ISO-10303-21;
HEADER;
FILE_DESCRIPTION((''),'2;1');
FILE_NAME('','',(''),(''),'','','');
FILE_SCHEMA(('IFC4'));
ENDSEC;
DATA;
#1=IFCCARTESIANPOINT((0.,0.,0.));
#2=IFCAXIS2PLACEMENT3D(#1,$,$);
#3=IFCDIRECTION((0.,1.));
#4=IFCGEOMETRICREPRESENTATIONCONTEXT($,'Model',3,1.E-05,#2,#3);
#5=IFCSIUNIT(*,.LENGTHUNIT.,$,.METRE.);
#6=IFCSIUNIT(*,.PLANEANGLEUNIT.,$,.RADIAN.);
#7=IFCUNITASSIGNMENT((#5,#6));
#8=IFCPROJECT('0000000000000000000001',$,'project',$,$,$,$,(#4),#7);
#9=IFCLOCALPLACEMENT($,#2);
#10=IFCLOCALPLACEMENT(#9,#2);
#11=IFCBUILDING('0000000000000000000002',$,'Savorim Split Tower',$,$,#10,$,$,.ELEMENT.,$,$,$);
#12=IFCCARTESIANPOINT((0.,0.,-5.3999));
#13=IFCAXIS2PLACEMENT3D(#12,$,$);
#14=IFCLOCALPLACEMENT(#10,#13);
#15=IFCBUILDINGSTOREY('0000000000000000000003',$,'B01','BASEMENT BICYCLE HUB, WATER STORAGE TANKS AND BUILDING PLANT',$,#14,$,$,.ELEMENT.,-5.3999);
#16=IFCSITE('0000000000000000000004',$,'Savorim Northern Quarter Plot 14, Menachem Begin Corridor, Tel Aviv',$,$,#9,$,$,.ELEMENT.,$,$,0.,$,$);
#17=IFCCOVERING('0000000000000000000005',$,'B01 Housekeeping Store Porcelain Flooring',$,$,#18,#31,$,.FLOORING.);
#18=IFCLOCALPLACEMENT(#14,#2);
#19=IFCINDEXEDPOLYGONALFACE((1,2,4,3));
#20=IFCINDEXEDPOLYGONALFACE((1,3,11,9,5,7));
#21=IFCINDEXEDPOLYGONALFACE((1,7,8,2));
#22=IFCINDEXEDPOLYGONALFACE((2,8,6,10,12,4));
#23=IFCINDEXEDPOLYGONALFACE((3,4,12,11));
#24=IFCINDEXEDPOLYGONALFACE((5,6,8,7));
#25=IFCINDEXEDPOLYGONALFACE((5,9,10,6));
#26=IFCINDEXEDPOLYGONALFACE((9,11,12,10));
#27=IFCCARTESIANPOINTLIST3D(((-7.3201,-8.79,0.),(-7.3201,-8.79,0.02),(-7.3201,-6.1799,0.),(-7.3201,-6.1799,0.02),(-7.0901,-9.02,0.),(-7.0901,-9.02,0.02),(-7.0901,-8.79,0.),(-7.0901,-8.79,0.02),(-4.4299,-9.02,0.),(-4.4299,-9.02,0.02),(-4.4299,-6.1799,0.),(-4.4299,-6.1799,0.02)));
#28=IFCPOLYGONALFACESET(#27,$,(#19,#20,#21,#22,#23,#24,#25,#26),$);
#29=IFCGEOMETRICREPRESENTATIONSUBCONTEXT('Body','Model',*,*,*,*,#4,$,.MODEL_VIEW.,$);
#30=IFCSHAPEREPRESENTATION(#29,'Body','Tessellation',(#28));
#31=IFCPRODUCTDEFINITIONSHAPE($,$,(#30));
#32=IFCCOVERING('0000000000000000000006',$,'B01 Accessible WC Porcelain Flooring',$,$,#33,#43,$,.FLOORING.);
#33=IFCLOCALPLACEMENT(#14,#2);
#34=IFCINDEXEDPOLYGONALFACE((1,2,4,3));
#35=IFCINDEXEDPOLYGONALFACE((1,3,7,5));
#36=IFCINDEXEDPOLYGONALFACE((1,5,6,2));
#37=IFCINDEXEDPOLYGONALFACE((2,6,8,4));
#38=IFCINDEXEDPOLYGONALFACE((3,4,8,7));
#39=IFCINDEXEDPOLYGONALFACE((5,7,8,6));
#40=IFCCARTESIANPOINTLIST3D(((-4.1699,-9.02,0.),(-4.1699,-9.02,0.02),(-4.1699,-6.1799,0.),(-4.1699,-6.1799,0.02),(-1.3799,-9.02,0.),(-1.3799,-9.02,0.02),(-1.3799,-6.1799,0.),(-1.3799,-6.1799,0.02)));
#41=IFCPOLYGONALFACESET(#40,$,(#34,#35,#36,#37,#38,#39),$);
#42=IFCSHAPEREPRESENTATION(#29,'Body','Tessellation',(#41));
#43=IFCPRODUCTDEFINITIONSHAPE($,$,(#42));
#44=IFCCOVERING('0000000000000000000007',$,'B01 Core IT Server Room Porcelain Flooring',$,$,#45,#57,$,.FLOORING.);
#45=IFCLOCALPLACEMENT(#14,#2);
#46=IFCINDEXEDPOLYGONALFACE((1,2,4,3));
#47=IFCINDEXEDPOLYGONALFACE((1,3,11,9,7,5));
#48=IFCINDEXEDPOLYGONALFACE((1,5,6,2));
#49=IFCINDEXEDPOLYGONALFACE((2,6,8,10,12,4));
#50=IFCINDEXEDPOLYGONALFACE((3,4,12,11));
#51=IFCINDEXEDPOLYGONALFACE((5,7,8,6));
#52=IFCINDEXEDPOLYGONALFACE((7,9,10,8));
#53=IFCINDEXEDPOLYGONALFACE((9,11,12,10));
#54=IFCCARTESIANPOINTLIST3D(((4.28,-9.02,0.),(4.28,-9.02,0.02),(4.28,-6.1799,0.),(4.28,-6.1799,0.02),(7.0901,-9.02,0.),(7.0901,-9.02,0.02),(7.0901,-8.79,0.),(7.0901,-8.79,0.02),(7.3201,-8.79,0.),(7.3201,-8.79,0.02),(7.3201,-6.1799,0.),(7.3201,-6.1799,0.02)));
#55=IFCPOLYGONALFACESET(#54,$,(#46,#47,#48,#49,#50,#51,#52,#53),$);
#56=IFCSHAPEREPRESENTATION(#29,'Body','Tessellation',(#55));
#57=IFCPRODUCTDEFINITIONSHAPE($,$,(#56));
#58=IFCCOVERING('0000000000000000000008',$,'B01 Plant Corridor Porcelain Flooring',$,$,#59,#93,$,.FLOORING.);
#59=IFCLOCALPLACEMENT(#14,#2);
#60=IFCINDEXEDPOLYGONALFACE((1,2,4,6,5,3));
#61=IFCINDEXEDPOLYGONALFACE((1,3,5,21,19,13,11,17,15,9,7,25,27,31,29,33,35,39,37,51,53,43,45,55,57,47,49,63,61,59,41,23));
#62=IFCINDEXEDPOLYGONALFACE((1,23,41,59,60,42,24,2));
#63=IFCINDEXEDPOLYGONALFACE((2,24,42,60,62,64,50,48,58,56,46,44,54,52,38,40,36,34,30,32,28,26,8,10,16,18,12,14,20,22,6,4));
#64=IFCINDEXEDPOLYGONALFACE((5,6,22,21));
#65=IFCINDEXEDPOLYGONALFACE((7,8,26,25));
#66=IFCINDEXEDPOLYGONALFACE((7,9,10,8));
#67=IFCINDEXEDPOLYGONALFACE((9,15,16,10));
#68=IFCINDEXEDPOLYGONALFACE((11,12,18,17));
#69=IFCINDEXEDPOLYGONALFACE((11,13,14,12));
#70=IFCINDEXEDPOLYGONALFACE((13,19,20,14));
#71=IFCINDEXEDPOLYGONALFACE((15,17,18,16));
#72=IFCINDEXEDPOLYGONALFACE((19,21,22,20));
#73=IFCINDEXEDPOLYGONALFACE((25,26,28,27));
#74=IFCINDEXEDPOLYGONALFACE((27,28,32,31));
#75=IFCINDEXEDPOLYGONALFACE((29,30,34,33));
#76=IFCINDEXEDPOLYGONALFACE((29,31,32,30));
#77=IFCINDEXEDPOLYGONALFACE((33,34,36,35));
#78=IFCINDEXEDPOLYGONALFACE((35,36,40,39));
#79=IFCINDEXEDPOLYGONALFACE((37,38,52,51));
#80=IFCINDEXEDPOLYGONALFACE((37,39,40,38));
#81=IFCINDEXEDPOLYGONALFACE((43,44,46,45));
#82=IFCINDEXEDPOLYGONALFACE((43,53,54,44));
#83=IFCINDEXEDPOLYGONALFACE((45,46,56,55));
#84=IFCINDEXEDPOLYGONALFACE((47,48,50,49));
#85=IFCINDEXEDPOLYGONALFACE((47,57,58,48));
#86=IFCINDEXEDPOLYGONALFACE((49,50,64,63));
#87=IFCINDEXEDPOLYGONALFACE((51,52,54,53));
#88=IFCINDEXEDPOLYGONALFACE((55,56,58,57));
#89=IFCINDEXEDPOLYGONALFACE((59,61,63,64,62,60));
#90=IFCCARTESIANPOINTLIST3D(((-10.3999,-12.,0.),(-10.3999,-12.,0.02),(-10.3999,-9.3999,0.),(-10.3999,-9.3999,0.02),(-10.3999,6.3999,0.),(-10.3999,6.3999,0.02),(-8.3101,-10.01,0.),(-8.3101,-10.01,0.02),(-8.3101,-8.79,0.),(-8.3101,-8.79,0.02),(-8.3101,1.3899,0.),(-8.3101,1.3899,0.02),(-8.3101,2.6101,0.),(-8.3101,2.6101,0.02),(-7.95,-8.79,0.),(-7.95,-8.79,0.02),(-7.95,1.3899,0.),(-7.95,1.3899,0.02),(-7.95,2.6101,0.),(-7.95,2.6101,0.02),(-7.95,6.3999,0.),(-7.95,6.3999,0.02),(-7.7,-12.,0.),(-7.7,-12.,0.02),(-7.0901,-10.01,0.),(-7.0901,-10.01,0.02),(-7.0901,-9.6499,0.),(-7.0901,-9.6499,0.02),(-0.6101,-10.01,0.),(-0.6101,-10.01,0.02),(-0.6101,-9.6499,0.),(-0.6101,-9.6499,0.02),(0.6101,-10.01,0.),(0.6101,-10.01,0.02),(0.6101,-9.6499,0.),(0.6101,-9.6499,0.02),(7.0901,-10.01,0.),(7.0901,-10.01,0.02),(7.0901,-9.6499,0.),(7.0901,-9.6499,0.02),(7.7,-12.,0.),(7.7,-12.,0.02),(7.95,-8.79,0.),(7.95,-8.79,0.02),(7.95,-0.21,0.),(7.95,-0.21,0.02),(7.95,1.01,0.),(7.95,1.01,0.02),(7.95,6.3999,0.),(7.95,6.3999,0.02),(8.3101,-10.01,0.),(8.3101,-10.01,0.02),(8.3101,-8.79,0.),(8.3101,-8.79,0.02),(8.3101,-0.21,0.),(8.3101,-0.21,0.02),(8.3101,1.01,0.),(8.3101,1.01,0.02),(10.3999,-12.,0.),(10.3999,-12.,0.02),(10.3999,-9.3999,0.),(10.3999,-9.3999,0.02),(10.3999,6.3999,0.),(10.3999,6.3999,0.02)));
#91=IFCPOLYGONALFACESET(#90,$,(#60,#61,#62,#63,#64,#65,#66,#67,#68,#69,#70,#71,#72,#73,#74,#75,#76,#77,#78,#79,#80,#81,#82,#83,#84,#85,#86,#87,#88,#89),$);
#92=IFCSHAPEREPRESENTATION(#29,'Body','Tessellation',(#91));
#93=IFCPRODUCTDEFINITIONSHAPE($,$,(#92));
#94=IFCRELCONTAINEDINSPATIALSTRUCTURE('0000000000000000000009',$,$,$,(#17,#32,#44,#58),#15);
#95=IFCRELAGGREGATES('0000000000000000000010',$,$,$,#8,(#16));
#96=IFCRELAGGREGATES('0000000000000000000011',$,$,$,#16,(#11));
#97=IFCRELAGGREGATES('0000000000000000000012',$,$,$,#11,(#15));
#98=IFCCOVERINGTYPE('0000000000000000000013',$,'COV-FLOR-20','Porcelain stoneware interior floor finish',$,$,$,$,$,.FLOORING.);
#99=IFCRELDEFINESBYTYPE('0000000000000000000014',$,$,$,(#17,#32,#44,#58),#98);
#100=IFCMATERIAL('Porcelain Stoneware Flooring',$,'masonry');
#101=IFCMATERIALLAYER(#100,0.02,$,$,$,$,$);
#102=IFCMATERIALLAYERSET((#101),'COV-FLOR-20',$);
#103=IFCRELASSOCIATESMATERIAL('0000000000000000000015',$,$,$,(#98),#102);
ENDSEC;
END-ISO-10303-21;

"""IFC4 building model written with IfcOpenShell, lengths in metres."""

from ifc_helpers import new_model, si_unit, direction, frame, origin, place, context, subcontext, project, spatial, polyline, outline, extrude, material, layer, layer_set, type_object, element, save


model = new_model("IFC4")

# Units and contexts
model_context = context("Model", 3, precision=1e-05, world=origin(), true_north=direction((0.0, 1.0)))
body_context = subcontext(model_context, "Body", "Model", "MODEL_VIEW")
ifc_project = project(units=[si_unit("LENGTHUNIT", "METRE"), si_unit("PLANEANGLEUNIT", "RADIAN")], contexts=[model_context])

# Site, building, storey
site_placement = place(None, origin())
site = spatial("IfcSite", under=ifc_project, at=site_placement, Name="Savorim Northern Quarter Plot 14, Menachem Begin Corridor, Tel Aviv", CompositionType="ELEMENT", RefElevation=0.0)
building_placement = place(site_placement, origin())
building = spatial("IfcBuilding", under=site, at=building_placement, Name="Savorim Split Tower", CompositionType="ELEMENT")
storey_placement = place(building_placement, frame((0.0, 0.0, -5.3999)))
storey = spatial("IfcBuildingStorey", under=building, at=storey_placement, Name="B01", Description="BASEMENT BICYCLE HUB, WATER STORAGE TANKS AND BUILDING PLANT", CompositionType="ELEMENT", Elevation=-5.3999)

# Coverings
ifc_material_1 = material(Name="Porcelain Stoneware Flooring", Category="masonry")
ifc_layer_1 = layer(ifc_material_1, 0.02)
ifc_layer_set_1 = layer_set([ifc_layer_1], Name="COV-FLOR-20")
covering_type_1 = type_object("IfcCoveringType", Name="COV-FLOR-20", Description="Porcelain stoneware interior floor finish", PredefinedType="FLOORING", material=ifc_layer_set_1)
covering_1_placement = place(storey_placement, origin())
element("IfcCovering", 1, at=covering_1_placement, inside=storey, type_object=covering_type_1, Name="B01 Housekeeping Store Porcelain Flooring", PredefinedType="FLOORING", context=body_context, shape_type="SweptSolid", body=[
    extrude(outline(polyline([(-4.4299, -6.1799), (-7.3201, -6.1799), (-7.3201, -8.79), (-7.0901, -8.79), (-7.0901, -9.02), (-4.4299, -9.02), (-4.4299, -6.1799)])), origin(), (0.0, 0.0, 1.0), 0.02),
])
covering_2_placement = place(storey_placement, origin())
element("IfcCovering", 2, at=covering_2_placement, inside=storey, type_object=covering_type_1, Name="B01 Accessible WC Porcelain Flooring", PredefinedType="FLOORING", context=body_context, shape_type="SweptSolid", body=[
    extrude(outline(polyline([(-4.1699, -6.1799), (-4.1699, -9.02), (-1.3799, -9.02), (-1.3799, -6.1799), (-4.1699, -6.1799)])), origin(), (0.0, 0.0, 1.0), 0.02),
])
covering_3_placement = place(storey_placement, origin())
element("IfcCovering", 3, at=covering_3_placement, inside=storey, type_object=covering_type_1, Name="B01 Core IT Server Room Porcelain Flooring", PredefinedType="FLOORING", context=body_context, shape_type="SweptSolid", body=[
    extrude(outline(polyline([(4.28, -6.1799), (4.28, -9.02), (7.0901, -9.02), (7.0901, -8.79), (7.3201, -8.79), (7.3201, -6.1799), (4.28, -6.1799)])), origin(), (0.0, 0.0, 1.0), 0.02),
])
covering_4_placement = place(storey_placement, origin())
element("IfcCovering", 4, at=covering_4_placement, inside=storey, type_object=covering_type_1, Name="B01 Plant Corridor Porcelain Flooring", PredefinedType="FLOORING", context=body_context, shape_type="SweptSolid", body=[
    extrude(outline(polyline([(-10.3999, -12.0), (-7.7, -12.0), (7.7, -12.0), (10.3999, -12.0), (10.3999, -9.3999), (10.3999, 6.3999), (7.95, 6.3999), (7.95, 1.01), (8.3101, 1.01), (8.3101, -0.21), (7.95, -0.21), (7.95, -8.79), (8.3101, -8.79), (8.3101, -10.01), (7.0901, -10.01), (7.0901, -9.6499), (0.6101, -9.6499), (0.6101, -10.01), (-0.6101, -10.01), (-0.6101, -9.6499), (-7.0901, -9.6499), (-7.0901, -10.01), (-8.3101, -10.01), (-8.3101, -8.79), (-7.95, -8.79), (-7.95, 1.3899), (-8.3101, 1.3899), (-8.3101, 2.6101), (-7.95, 2.6101), (-7.95, 6.3999), (-10.3999, 6.3999), (-10.3999, -9.3999), (-10.3999, -12.0)])), origin(), (0.0, 0.0, 1.0), 0.02),
])

save(model, "model.ifc")
